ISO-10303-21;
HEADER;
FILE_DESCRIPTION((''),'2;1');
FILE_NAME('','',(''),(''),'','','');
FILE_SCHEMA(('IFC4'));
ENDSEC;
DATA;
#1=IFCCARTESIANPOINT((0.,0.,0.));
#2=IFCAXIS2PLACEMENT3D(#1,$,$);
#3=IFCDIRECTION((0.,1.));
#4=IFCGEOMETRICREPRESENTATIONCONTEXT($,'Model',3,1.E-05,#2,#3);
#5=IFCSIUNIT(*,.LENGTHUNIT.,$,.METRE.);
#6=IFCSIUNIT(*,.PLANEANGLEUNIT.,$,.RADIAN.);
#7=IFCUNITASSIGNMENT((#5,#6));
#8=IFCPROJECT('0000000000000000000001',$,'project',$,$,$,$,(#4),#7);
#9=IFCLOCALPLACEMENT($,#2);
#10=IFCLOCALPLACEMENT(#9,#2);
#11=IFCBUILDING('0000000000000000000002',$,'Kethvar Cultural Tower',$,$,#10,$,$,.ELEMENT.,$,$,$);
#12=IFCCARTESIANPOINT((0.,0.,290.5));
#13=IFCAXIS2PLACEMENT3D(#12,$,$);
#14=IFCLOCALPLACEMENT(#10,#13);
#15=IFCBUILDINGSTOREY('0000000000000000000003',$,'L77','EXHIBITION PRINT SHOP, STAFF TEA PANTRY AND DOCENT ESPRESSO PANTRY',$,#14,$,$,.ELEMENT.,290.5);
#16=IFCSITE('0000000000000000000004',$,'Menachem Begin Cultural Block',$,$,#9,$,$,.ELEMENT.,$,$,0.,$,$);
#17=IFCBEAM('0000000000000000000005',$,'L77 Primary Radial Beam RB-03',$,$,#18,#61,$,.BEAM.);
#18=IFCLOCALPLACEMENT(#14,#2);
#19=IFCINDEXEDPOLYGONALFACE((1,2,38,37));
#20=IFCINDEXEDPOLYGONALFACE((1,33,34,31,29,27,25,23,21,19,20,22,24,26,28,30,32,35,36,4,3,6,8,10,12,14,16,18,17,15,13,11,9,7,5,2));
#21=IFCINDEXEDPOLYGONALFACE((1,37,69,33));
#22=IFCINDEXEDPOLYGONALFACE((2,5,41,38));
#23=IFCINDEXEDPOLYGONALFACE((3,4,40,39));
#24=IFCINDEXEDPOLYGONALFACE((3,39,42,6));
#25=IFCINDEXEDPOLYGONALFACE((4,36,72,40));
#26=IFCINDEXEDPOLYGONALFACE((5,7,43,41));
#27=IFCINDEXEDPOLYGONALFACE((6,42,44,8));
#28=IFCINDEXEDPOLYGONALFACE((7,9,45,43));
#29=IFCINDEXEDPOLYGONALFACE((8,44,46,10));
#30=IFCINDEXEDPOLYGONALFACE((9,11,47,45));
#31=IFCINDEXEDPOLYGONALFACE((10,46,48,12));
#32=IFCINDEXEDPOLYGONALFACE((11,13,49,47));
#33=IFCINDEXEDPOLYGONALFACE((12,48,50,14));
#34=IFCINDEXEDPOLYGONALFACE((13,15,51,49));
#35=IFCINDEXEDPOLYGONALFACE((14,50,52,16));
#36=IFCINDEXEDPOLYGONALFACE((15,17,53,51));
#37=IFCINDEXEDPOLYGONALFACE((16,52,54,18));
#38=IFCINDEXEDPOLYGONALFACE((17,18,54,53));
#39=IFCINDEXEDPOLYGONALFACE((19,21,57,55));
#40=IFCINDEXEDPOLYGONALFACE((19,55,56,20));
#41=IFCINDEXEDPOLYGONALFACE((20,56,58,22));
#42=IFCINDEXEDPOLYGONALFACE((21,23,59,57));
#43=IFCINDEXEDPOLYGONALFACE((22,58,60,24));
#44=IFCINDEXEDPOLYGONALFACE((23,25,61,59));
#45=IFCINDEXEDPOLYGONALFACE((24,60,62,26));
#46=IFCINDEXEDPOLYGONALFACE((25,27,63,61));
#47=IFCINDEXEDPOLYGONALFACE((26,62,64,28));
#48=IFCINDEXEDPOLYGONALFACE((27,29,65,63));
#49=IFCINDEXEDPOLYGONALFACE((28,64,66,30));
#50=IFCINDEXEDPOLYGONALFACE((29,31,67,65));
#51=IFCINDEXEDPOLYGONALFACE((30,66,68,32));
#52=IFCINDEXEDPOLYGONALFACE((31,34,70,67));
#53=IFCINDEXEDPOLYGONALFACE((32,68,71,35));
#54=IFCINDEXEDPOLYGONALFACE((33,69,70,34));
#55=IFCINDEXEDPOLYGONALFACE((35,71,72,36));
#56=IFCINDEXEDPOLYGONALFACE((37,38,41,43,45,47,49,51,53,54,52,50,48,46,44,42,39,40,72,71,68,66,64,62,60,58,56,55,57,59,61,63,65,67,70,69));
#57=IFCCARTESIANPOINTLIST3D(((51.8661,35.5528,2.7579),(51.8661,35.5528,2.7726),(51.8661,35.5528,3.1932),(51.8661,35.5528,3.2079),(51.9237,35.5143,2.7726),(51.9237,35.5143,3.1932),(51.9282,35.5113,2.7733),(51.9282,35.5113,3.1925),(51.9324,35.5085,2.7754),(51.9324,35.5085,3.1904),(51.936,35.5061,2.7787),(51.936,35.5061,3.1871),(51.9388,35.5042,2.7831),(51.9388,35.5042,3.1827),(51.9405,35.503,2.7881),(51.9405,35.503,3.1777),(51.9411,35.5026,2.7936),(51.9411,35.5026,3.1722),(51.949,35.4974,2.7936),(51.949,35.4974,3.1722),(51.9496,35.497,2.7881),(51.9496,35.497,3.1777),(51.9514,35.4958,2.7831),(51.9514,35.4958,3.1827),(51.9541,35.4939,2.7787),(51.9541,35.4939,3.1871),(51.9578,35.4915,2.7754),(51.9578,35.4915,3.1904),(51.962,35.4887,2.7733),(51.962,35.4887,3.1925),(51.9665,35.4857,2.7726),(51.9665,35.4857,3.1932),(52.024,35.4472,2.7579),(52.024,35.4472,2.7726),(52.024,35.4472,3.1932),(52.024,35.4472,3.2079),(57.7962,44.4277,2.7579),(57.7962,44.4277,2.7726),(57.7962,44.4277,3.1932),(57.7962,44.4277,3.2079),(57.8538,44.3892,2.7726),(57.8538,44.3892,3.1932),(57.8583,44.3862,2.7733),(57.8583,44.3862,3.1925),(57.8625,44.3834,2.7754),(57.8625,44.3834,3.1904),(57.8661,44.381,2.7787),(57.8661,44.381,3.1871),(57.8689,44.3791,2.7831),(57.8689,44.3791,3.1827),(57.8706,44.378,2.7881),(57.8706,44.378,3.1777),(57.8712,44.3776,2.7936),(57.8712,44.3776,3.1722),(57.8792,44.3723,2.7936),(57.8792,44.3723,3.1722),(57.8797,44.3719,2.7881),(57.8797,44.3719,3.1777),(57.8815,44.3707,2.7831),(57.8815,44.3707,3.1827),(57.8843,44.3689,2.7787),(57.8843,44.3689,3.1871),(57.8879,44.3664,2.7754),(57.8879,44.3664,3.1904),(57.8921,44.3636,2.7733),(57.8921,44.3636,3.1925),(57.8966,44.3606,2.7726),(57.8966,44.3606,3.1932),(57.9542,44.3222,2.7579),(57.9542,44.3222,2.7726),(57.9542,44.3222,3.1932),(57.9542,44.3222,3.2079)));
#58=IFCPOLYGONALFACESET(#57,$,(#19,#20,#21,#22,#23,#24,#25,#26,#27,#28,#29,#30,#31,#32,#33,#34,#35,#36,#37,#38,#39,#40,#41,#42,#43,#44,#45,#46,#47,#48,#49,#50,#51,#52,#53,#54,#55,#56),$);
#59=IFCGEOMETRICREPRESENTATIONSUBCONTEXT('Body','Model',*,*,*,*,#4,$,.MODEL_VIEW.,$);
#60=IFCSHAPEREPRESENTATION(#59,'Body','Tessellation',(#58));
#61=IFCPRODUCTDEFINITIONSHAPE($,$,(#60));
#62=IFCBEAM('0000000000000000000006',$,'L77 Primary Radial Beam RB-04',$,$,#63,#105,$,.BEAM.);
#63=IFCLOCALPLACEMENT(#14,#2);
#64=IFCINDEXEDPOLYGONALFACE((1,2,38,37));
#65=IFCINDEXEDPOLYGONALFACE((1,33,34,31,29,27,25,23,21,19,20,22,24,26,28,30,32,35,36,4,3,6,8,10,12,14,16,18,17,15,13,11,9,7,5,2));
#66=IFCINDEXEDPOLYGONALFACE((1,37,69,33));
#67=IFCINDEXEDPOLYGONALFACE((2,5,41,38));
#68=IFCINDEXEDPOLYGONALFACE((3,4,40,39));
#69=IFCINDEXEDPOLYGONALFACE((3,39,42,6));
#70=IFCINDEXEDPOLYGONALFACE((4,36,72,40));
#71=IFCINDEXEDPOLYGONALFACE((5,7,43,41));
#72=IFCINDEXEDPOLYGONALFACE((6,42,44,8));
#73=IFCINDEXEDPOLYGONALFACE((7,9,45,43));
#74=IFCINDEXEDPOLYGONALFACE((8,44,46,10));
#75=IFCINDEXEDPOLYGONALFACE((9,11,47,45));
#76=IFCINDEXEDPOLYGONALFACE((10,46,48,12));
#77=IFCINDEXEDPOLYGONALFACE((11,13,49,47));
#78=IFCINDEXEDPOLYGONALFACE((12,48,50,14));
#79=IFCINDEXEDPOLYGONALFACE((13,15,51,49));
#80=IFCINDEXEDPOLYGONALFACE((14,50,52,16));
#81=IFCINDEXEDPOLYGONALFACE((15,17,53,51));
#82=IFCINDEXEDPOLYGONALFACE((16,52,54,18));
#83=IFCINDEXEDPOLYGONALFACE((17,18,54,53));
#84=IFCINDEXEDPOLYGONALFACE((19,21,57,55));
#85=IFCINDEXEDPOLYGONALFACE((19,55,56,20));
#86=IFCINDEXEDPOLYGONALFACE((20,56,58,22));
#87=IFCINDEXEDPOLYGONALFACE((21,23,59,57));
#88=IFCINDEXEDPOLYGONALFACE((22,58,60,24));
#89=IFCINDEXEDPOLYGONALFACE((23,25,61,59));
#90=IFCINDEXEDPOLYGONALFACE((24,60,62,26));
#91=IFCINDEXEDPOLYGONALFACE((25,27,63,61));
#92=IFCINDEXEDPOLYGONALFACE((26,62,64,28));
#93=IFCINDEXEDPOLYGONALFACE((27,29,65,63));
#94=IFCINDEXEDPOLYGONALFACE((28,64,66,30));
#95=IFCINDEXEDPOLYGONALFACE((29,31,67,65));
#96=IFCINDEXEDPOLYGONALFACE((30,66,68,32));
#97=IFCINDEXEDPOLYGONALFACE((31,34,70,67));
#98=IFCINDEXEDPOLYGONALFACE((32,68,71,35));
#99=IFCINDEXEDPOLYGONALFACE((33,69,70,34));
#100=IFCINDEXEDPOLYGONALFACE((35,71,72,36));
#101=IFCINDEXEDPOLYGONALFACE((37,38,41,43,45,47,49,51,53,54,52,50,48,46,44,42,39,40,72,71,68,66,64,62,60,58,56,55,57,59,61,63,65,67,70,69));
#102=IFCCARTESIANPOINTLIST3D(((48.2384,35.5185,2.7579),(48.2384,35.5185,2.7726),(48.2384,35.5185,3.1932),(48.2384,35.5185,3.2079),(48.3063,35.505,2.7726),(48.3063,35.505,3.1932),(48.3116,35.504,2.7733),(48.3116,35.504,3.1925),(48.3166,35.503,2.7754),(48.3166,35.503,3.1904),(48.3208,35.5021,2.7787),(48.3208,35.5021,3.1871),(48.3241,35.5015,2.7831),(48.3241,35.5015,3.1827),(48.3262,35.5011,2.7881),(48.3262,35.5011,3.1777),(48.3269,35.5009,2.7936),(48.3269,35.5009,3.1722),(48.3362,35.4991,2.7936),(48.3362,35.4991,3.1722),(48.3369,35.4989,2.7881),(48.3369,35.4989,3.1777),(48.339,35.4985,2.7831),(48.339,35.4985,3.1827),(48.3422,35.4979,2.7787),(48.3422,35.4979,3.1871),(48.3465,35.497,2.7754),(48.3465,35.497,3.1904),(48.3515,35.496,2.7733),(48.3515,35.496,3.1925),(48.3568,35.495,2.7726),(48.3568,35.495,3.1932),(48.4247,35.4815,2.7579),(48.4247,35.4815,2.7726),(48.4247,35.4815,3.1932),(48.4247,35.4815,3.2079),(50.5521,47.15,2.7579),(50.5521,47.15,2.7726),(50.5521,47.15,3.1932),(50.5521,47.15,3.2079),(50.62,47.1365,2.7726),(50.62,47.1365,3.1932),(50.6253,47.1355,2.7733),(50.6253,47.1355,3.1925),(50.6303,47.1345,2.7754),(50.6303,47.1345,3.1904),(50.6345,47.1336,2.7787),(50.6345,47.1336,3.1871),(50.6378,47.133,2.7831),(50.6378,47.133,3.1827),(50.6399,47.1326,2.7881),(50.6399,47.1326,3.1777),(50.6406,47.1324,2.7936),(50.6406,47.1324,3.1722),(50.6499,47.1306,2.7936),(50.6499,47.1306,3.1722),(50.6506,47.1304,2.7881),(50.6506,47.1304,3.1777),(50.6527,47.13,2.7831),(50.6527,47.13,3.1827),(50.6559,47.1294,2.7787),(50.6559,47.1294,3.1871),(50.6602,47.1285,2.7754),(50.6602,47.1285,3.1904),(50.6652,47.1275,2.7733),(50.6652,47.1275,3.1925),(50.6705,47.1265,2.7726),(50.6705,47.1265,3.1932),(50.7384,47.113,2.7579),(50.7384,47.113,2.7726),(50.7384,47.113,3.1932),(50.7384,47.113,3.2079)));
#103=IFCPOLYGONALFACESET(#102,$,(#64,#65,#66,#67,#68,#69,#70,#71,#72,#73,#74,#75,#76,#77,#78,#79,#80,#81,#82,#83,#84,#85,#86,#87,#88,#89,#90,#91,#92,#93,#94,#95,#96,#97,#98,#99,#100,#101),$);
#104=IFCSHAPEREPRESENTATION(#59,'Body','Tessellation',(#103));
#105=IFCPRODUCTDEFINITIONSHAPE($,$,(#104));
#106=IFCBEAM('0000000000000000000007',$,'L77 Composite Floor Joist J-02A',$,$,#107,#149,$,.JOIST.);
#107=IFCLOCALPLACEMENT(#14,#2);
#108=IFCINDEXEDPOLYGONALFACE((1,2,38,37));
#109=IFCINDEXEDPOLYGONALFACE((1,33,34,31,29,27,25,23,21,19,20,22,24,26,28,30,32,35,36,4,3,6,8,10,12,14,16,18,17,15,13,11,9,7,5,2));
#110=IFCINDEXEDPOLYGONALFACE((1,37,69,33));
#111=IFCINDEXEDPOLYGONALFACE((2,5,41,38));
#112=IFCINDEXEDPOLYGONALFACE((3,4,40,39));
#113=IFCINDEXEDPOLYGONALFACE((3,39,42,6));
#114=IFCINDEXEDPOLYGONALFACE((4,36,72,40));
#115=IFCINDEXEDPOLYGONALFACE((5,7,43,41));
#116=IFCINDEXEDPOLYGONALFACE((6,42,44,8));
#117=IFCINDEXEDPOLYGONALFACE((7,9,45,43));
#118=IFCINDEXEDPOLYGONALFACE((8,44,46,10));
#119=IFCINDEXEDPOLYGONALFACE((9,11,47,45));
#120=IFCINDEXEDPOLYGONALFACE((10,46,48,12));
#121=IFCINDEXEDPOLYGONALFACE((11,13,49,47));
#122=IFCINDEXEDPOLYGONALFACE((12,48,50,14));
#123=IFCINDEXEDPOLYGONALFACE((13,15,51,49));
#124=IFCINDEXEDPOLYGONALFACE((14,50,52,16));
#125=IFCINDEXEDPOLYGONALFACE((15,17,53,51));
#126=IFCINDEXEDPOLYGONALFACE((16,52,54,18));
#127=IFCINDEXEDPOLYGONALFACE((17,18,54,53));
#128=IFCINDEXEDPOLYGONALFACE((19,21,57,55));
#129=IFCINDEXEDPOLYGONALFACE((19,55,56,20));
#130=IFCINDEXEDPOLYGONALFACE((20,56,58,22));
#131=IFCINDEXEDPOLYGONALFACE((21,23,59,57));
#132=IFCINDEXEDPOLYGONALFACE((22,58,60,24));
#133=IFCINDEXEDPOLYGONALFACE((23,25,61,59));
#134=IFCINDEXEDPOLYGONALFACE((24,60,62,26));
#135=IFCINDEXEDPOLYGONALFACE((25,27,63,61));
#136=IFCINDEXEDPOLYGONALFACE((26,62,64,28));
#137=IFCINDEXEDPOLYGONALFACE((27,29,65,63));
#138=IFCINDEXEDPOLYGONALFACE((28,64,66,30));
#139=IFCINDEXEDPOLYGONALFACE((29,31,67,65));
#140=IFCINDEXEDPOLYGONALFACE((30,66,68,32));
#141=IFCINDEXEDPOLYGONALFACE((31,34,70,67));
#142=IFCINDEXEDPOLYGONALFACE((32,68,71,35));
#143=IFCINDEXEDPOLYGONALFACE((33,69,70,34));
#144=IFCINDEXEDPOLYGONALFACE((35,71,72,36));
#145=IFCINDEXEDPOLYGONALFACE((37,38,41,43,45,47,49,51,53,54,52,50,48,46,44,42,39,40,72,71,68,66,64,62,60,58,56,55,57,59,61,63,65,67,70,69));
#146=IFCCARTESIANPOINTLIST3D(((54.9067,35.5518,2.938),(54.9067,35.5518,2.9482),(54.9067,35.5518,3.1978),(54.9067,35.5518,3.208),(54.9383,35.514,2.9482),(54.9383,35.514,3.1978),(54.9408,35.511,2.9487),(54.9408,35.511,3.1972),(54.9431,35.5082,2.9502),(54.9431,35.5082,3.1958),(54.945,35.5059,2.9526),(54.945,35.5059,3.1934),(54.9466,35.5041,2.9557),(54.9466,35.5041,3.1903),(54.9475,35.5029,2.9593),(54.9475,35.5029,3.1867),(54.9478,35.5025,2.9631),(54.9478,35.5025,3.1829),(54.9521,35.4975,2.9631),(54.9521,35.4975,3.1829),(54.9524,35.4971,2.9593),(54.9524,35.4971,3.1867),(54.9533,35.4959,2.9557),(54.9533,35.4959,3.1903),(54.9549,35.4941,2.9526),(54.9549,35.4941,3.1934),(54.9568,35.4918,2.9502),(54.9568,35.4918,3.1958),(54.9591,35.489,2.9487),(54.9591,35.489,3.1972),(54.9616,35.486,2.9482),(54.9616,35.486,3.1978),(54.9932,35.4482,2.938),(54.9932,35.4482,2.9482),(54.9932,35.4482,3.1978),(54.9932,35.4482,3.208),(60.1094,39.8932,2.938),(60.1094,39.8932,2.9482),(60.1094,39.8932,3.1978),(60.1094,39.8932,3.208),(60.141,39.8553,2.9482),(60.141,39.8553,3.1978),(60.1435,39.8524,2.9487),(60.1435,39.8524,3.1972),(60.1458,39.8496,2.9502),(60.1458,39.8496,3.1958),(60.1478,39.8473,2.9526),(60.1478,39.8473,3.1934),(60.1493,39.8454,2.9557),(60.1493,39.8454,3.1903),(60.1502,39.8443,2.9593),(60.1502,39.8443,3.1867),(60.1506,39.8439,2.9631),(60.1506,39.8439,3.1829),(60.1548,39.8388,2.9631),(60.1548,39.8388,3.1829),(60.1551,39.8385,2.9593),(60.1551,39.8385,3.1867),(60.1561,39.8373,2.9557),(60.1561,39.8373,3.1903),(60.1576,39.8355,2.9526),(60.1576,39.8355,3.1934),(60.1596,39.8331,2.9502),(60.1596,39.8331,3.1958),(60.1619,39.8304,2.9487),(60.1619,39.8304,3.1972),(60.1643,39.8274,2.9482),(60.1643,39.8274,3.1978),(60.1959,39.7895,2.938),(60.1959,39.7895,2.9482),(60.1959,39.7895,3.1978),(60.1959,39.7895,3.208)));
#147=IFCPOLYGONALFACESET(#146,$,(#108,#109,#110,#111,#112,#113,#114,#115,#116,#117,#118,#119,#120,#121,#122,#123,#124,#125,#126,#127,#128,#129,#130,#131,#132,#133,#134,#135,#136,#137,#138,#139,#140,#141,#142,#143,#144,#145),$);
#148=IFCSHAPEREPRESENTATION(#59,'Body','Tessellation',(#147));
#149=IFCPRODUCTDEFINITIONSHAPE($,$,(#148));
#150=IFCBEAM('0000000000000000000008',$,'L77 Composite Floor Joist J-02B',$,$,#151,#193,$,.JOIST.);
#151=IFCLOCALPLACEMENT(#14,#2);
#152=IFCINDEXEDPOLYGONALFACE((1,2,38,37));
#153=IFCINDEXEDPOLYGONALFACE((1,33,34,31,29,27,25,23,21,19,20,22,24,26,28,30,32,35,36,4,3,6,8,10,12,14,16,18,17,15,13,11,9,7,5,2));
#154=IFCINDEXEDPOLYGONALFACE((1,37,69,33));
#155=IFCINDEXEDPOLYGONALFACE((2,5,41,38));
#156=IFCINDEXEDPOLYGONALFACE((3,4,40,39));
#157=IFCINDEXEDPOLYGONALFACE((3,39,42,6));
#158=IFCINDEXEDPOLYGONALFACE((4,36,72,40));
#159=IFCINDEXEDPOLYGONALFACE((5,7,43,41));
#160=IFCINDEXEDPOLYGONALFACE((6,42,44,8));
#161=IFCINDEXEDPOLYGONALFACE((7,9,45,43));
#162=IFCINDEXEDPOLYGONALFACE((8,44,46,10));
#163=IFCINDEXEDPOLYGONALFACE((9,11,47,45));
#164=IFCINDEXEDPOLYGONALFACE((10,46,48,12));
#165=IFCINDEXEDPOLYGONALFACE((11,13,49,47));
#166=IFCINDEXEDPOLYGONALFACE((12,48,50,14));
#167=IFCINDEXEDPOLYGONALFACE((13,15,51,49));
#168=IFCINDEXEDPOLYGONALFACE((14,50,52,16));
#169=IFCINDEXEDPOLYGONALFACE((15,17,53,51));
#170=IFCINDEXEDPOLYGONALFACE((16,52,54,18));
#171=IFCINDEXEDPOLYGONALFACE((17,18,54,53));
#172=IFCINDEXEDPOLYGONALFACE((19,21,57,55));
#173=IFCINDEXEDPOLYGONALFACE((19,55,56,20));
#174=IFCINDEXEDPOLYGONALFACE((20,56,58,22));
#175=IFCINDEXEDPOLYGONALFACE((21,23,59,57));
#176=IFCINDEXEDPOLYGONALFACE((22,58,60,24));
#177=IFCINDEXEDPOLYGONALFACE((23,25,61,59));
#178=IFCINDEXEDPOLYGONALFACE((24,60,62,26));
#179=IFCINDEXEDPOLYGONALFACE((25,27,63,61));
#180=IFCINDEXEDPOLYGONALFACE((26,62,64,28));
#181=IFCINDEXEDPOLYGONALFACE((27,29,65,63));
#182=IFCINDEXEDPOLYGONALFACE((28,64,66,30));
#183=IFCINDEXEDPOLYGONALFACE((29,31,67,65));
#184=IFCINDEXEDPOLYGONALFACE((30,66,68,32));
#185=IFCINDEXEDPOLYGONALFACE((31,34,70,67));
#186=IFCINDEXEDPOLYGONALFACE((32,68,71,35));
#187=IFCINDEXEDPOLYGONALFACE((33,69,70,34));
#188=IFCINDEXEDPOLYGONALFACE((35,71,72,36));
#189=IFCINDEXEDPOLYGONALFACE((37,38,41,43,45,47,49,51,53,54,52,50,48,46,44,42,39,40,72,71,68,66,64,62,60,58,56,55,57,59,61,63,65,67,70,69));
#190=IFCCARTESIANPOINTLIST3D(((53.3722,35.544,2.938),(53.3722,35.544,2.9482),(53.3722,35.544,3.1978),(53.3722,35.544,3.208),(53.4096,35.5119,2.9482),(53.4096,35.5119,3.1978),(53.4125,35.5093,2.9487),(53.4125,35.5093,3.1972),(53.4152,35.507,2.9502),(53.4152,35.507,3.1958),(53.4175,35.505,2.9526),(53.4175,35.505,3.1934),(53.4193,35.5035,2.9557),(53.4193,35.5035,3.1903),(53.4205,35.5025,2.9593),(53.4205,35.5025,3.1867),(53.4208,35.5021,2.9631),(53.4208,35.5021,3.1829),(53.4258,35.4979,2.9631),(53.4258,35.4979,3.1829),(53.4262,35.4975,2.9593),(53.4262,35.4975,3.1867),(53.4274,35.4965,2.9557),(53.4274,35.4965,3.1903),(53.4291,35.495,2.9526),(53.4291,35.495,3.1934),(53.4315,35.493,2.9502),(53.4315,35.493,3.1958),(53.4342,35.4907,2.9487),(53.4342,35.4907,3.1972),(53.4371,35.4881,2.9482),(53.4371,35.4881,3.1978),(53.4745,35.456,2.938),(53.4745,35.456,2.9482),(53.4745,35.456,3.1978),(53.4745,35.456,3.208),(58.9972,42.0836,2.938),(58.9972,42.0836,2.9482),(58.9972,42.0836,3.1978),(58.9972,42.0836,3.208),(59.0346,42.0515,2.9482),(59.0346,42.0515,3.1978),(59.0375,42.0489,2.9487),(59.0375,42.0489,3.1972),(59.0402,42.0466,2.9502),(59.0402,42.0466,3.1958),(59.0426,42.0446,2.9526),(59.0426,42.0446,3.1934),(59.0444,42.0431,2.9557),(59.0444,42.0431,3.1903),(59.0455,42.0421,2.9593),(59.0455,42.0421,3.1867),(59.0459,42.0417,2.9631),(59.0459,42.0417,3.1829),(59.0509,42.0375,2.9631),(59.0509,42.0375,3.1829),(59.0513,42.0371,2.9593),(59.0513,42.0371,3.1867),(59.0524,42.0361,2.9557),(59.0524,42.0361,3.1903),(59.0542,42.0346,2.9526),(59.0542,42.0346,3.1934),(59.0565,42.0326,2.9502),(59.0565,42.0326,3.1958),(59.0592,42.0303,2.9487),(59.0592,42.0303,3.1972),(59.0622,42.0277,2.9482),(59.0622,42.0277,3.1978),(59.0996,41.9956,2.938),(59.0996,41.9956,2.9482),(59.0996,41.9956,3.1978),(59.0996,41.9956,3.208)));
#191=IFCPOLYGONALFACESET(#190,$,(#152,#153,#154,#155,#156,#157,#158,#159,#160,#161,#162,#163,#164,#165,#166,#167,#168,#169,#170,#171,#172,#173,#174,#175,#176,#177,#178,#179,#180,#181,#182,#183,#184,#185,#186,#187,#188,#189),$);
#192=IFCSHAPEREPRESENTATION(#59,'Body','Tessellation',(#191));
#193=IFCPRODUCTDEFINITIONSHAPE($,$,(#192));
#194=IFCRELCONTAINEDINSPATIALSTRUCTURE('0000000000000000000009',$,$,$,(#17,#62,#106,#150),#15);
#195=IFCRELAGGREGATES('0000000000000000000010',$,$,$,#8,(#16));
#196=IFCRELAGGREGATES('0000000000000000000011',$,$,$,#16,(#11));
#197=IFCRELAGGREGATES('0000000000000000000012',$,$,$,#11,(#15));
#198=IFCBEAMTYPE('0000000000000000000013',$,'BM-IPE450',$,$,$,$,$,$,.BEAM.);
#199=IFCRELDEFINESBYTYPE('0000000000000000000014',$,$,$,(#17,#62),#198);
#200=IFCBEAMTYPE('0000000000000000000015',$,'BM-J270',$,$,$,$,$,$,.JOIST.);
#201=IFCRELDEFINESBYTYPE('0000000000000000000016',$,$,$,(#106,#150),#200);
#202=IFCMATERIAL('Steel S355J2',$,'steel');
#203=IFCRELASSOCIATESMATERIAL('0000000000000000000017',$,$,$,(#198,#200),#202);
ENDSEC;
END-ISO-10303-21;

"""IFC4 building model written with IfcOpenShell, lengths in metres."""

from ifc_helpers import new_model, si_unit, direction, frame, origin, origin_2d, place, context, subcontext, project, spatial, i_section, extrude, source, transform, mapped, material, material_profile, profile_set, type_object, element, save


model = new_model("IFC4")

# Units and contexts
model_context = context("Model", 3, precision=1e-05, world=origin(), true_north=direction((0.0, 1.0)))
body_context = subcontext(model_context, "Body", "Model", "MODEL_VIEW")
ifc_project = project(units=[si_unit("LENGTHUNIT", "METRE"), si_unit("PLANEANGLEUNIT", "RADIAN")], contexts=[model_context])

# Site, building, storey
site_placement = place(None, origin())
site = spatial("IfcSite", under=ifc_project, at=site_placement, Name="Menachem Begin Cultural Block", CompositionType="ELEMENT", RefElevation=0.0)
building_placement = place(site_placement, origin())
building = spatial("IfcBuilding", under=site, at=building_placement, Name="Kethvar Cultural Tower", CompositionType="ELEMENT")
storey_placement = place(building_placement, frame((0.0, 0.0, 290.5)))
storey = spatial("IfcBuildingStorey", under=building, at=storey_placement, Name="L77", Description="EXHIBITION PRINT SHOP, STAFF TEA PANTRY AND DOCENT ESPRESSO PANTRY", CompositionType="ELEMENT", Elevation=290.5)

# Beams
ifc_material_1 = material(Name="Steel S355J2", Category="steel")
ifc_material_profile_1 = material_profile(ifc_material_1, i_section(OverallWidth=0.1899, OverallDepth=0.45, WebThickness=0.0095, FlangeThickness=0.0146, FilletRadius=0.021, at=origin_2d()), Name="Steel S355J2 — IPE450")
ifc_profile_set_1 = profile_set([ifc_material_profile_1], Name="Steel S355J2 — IPE450")
beam_type_1 = type_object("IfcBeamType", Name="BM-IPE450", PredefinedType="BEAM", material=ifc_profile_set_1)
shared_shape_1 = source(origin(), body_context, "Body", "SweptSolid", [
    extrude(i_section(OverallWidth=0.1899, OverallDepth=0.45, WebThickness=0.0095, FlangeThickness=0.0146, FilletRadius=0.021, at=origin_2d()), origin(), (0.0, 0.0, 1.0), 10.6738),
])
beam_1_placement = place(storey_placement, frame((51.9451, 35.5, 2.9829), z_axis=(0.555576, 0.831466, 0.0), x_axis=(-0.831466, 0.555576, 0.0)))
element("IfcBeam", 1, at=beam_1_placement, inside=storey, type_object=beam_type_1, Name="L77 Primary Radial Beam RB-03", PredefinedType="BEAM", context=body_context, shape_type="MappedRepresentation", body=[
    mapped(shared_shape_1, transform((0.0, 0.0, 0.0), scale=1.0)),
])
shared_shape_2 = source(origin(), body_context, "Body", "SweptSolid", [
    extrude(i_section(OverallWidth=0.1899, OverallDepth=0.45, WebThickness=0.0095, FlangeThickness=0.0146, FilletRadius=0.021, at=origin_2d()), origin(), (0.0, 0.0, 1.0), 11.8594),
])
beam_2_placement = place(storey_placement, frame((48.3315, 35.5, 2.9829), z_axis=(0.195095, 0.980784, 0.0), x_axis=(-0.980784, 0.195095, 0.0)))
element("IfcBeam", 2, at=beam_2_placement, inside=storey, type_object=beam_type_1, Name="L77 Primary Radial Beam RB-04", PredefinedType="BEAM", context=body_context, shape_type="MappedRepresentation", body=[
    mapped(shared_shape_2, transform((0.0, 0.0, 0.0), scale=1.0)),
])
ifc_material_profile_2 = material_profile(ifc_material_1, i_section(OverallWidth=0.135, OverallDepth=0.27, WebThickness=0.0066, FlangeThickness=0.0103, FilletRadius=0.0149, at=origin_2d()), Name="Steel S355J2 — IPE270")
ifc_profile_set_2 = profile_set([ifc_material_profile_2], Name="Steel S355J2 — IPE270")
beam_type_2 = type_object("IfcBeamType", Name="BM-J270", PredefinedType="JOIST", material=ifc_profile_set_2)
shared_shape_3 = source(origin(), body_context, "Body", "SweptSolid", [
    extrude(i_section(OverallWidth=0.135, OverallDepth=0.27, WebThickness=0.0066, FlangeThickness=0.0103, FilletRadius=0.0149, at=origin_2d()), origin(), (0.0, 0.0, 1.0), 6.7761),
])
beam_3_placement = place(storey_placement, frame((54.95, 35.5, 3.073), z_axis=(0.767802, 0.640688, 0.0), x_axis=(-0.640688, 0.767802, 0.0)))
element("IfcBeam", 3, at=beam_3_placement, inside=storey, type_object=beam_type_2, Name="L77 Composite Floor Joist J-02A", PredefinedType="JOIST", context=body_context, shape_type="MappedRepresentation", body=[
    mapped(shared_shape_3, transform((0.0, 0.0, 0.0), scale=1.0)),
])
shared_shape_4 = source(origin(), body_context, "Body", "SweptSolid", [
    extrude(i_section(OverallWidth=0.135, OverallDepth=0.27, WebThickness=0.0066, FlangeThickness=0.0103, FilletRadius=0.0149, at=origin_2d()), origin(), (0.0, 0.0, 1.0), 8.626),
])
beam_4_placement = place(storey_placement, frame((53.4233, 35.5, 3.073), z_axis=(0.652105, 0.758129, 0.0), x_axis=(-0.758129, 0.652105, 0.0)))
element("IfcBeam", 4, at=beam_4_placement, inside=storey, type_object=beam_type_2, Name="L77 Composite Floor Joist J-02B", PredefinedType="JOIST", context=body_context, shape_type="MappedRepresentation", body=[
    mapped(shared_shape_4, transform((0.0, 0.0, 0.0), scale=1.0)),
])

save(model, "model.ifc")
